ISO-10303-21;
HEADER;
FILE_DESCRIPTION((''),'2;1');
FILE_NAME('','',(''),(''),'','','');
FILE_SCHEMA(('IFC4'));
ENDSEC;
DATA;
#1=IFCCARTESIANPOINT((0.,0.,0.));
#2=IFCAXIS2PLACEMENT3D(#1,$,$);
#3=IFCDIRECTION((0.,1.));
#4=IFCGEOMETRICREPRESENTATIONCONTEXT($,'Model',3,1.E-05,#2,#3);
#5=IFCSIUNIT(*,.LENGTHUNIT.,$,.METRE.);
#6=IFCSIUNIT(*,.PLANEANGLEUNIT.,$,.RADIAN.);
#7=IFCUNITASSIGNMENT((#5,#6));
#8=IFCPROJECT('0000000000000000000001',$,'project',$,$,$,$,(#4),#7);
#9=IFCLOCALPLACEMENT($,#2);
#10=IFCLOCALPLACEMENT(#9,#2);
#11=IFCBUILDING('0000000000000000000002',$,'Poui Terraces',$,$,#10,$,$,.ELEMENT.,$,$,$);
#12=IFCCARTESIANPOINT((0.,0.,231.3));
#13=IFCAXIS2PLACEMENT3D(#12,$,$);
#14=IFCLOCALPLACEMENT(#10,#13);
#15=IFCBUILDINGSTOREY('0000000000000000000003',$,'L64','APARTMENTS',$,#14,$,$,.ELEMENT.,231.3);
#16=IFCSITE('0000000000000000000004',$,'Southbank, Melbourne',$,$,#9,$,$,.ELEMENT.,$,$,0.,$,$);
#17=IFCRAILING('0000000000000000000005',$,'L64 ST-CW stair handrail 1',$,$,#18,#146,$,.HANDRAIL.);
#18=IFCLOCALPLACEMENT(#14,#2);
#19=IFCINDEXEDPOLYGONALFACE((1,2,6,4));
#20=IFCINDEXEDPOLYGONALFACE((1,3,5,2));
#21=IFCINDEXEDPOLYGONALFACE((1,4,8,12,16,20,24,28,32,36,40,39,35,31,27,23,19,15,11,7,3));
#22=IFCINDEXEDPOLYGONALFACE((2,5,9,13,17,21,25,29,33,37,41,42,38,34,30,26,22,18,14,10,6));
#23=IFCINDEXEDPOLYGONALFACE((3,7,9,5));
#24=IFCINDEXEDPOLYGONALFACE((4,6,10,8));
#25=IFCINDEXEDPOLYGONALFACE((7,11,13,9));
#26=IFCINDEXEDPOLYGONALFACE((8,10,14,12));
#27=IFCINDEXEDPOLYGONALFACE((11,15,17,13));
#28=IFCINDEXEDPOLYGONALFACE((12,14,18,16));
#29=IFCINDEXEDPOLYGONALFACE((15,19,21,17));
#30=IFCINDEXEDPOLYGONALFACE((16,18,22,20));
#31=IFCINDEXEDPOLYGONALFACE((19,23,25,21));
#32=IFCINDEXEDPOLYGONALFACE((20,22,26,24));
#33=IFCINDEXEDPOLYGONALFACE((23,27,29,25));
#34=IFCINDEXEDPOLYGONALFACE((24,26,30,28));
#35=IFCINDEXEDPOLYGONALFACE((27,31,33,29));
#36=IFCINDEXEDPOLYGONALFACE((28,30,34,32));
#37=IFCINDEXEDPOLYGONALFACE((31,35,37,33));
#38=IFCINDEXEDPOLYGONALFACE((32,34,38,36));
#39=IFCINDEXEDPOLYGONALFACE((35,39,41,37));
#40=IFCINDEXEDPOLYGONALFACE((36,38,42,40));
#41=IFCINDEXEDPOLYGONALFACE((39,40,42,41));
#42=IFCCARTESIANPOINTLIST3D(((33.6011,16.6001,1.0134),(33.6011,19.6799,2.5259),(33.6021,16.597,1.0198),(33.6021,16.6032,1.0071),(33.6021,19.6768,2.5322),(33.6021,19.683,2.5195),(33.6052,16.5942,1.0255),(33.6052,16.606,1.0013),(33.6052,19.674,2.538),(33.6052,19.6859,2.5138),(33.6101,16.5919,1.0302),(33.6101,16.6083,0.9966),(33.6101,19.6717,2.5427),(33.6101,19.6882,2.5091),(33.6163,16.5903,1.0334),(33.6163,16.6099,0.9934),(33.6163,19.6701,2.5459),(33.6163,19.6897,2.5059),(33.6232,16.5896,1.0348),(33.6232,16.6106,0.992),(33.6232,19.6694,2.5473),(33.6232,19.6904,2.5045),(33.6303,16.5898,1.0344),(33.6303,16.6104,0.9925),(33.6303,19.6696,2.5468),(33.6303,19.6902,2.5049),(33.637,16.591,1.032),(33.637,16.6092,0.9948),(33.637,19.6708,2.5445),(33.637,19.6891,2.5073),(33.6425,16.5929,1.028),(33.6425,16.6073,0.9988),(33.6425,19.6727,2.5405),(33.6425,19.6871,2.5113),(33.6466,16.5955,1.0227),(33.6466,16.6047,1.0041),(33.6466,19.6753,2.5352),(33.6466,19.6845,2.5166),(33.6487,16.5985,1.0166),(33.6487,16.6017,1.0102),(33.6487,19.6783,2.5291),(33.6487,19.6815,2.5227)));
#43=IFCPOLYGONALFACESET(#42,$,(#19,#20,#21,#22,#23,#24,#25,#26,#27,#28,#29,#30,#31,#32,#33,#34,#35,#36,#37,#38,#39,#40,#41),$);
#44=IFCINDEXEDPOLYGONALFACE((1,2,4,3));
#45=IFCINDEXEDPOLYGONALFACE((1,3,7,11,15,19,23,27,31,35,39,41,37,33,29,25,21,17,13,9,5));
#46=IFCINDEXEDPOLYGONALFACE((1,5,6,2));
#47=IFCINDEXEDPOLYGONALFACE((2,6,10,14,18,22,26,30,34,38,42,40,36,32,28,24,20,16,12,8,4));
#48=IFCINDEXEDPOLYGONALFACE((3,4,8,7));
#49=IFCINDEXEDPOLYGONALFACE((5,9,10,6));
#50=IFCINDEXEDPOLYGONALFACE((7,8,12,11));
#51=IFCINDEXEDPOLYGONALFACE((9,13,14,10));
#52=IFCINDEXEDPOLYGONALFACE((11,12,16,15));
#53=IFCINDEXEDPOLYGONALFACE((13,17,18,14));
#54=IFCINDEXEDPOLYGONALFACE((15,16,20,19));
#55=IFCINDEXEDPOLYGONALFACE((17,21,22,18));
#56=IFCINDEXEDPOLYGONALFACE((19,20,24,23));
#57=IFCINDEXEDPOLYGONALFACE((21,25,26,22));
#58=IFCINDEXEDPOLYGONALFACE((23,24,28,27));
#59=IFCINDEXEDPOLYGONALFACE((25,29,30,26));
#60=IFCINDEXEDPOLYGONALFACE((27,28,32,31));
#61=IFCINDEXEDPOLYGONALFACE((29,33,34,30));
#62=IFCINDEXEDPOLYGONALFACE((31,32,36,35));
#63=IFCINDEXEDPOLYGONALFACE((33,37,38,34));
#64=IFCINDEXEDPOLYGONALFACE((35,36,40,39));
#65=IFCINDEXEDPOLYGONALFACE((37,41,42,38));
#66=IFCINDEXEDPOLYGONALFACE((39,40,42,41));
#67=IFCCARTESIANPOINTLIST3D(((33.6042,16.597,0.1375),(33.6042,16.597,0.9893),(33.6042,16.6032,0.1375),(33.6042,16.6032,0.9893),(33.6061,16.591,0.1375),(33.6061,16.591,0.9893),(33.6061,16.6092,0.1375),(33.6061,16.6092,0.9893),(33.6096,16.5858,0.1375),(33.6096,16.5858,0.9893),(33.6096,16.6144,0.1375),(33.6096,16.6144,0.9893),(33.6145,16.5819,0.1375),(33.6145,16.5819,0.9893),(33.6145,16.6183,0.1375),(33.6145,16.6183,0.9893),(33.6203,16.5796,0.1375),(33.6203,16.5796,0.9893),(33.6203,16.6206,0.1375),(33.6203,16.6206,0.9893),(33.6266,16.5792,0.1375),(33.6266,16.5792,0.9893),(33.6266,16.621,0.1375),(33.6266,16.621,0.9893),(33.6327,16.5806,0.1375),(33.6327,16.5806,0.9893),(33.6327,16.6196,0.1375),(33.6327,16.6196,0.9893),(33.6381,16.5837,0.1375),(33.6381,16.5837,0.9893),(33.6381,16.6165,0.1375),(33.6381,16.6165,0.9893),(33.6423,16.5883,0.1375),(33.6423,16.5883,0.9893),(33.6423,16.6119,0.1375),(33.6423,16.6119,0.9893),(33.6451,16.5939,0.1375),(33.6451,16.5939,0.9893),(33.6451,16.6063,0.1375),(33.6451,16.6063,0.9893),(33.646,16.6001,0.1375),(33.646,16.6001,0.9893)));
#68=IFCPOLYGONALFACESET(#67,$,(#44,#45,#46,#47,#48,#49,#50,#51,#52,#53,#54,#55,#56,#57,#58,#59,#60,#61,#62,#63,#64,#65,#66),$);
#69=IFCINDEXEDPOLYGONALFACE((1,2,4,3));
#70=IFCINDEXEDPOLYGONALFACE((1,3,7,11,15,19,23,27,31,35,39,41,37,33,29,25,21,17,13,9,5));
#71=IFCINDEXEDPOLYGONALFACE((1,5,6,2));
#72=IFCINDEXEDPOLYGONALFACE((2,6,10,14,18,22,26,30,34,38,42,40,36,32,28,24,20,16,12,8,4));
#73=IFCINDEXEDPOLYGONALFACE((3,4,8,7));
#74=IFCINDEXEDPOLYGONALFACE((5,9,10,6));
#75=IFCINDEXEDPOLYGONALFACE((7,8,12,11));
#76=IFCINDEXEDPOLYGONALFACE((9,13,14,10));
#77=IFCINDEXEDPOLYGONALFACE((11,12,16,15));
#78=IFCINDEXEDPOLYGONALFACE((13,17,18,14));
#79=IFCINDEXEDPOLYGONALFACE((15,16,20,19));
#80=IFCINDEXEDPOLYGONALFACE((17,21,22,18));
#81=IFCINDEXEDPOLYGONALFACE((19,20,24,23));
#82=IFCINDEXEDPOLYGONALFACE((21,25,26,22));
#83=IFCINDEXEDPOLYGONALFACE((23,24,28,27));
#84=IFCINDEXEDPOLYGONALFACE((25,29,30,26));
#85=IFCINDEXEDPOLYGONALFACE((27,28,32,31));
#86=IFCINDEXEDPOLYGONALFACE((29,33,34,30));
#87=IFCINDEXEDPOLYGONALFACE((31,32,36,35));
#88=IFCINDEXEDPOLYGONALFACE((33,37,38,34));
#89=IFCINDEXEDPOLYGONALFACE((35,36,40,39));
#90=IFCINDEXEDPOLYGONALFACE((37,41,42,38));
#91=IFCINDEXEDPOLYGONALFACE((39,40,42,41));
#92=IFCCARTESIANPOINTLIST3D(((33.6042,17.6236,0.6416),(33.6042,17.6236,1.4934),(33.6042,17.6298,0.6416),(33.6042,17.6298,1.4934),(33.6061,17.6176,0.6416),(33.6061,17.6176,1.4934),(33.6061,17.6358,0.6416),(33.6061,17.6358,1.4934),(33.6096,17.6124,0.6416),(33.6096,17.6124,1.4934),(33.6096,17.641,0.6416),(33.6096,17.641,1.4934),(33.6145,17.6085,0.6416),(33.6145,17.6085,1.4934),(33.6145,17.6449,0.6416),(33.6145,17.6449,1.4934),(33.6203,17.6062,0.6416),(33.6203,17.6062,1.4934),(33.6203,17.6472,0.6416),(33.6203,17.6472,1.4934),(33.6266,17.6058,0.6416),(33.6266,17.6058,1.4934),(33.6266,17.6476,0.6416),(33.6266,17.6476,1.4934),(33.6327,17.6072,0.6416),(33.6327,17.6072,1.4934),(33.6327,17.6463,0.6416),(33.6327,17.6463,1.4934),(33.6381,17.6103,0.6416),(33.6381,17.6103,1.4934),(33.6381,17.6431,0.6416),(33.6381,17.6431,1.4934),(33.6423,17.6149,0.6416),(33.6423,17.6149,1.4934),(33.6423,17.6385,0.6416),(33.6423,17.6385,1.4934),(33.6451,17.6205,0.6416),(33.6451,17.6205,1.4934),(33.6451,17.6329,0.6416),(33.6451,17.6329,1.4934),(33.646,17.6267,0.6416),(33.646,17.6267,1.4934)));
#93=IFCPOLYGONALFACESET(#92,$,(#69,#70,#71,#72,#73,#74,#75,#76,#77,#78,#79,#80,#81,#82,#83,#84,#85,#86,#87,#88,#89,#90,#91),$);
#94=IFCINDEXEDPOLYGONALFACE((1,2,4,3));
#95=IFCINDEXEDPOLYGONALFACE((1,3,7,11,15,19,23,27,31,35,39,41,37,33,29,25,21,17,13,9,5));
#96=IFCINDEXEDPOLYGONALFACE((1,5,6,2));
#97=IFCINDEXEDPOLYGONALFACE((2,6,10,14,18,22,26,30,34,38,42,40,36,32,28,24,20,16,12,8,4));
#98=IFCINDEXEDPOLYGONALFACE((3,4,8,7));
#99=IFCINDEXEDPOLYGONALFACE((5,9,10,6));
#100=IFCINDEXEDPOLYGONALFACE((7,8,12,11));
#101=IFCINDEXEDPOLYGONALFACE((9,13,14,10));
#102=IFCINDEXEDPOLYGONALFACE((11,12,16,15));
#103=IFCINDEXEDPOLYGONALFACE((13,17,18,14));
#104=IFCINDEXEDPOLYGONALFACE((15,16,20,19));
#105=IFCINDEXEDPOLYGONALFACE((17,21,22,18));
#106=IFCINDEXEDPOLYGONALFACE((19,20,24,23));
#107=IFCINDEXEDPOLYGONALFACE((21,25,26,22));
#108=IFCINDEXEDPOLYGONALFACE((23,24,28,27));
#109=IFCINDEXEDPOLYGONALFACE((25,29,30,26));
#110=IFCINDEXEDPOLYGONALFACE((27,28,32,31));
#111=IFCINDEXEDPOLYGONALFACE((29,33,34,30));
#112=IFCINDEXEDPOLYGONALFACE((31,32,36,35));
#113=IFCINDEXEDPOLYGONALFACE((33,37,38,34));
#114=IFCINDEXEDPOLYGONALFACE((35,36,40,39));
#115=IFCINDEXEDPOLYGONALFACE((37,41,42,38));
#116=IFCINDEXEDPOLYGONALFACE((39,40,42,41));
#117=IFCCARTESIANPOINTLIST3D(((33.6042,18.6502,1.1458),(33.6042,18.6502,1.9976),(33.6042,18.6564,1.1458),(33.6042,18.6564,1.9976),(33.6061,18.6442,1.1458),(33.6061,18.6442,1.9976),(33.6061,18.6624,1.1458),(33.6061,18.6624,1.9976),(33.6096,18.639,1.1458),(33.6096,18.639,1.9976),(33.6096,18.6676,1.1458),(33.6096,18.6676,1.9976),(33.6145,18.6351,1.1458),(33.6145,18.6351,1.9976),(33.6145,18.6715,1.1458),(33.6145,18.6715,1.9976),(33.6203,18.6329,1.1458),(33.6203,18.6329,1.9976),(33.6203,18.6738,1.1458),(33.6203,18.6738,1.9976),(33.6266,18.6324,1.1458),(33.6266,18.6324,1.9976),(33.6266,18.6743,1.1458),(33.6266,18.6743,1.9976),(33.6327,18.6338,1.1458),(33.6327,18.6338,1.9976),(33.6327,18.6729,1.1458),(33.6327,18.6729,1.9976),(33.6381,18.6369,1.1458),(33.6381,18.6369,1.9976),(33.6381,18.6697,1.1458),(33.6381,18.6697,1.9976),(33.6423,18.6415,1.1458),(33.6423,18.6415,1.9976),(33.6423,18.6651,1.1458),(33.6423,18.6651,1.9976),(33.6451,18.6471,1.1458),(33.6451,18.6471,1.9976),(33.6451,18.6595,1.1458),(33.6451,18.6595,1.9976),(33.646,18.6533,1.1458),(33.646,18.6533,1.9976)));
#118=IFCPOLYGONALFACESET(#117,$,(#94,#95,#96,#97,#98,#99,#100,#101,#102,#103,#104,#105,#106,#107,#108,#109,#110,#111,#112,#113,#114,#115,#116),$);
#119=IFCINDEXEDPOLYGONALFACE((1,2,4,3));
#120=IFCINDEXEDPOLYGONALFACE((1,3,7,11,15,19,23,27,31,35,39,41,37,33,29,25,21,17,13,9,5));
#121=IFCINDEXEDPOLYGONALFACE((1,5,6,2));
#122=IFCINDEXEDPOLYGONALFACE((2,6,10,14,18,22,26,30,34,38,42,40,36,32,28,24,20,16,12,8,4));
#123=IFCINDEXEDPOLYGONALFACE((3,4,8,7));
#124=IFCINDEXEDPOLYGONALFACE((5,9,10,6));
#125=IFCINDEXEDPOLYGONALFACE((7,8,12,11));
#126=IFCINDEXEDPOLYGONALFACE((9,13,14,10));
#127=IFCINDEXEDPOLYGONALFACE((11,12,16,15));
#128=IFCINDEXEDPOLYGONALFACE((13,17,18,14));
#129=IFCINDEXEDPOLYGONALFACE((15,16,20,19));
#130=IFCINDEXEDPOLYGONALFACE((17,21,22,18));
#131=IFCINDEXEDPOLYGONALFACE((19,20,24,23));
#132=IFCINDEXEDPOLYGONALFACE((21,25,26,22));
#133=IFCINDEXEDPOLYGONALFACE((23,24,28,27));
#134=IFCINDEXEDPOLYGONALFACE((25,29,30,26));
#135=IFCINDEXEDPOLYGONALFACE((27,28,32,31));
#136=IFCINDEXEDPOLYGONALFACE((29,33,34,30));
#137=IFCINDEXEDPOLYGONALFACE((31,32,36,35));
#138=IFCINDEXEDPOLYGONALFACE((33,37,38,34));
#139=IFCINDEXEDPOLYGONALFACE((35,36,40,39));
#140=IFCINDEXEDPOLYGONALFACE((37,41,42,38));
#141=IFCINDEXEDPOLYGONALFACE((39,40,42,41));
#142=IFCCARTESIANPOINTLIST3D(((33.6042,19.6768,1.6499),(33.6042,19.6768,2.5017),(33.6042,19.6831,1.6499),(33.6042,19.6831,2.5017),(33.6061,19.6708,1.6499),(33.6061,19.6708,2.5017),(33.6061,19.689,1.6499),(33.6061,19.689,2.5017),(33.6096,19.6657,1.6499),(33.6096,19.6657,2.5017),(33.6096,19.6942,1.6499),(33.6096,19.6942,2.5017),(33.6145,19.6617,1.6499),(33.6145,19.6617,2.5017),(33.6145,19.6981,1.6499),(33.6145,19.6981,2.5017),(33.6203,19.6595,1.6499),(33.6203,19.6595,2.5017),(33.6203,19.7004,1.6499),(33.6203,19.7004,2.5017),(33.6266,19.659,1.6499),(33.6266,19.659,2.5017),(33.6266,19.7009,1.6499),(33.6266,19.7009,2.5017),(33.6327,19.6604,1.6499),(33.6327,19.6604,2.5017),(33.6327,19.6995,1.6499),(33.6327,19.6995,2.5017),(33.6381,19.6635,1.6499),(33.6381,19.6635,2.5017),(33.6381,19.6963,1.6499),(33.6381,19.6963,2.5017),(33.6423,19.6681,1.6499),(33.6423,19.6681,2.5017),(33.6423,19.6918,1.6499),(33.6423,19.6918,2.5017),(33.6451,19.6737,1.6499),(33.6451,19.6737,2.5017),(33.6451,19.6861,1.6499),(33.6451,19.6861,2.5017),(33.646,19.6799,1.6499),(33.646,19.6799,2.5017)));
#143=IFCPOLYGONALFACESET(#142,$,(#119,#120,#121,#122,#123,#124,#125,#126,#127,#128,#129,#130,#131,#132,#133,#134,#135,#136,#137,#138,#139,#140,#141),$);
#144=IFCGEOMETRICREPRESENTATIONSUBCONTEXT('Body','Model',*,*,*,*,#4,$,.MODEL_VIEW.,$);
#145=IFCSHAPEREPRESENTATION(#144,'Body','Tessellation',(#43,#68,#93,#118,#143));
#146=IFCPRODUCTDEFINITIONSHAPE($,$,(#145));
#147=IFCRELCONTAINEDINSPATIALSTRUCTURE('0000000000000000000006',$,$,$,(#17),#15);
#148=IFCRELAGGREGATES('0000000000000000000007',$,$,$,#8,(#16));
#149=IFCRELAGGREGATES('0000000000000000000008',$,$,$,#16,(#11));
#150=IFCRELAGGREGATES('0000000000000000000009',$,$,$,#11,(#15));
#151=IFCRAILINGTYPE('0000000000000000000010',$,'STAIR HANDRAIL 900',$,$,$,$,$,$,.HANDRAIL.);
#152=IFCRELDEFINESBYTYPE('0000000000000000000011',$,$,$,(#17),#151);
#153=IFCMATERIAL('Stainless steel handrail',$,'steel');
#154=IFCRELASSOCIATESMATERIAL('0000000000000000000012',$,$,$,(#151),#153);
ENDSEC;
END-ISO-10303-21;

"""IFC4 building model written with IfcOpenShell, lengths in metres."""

from ifc_helpers import new_model, si_unit, direction, frame, origin, origin_2d, place, context, subcontext, project, spatial, circle, extrude, material, type_object, element, save


model = new_model("IFC4")

# Units and contexts
model_context = context("Model", 3, precision=1e-05, world=origin(), true_north=direction((0.0, 1.0)))
body_context = subcontext(model_context, "Body", "Model", "MODEL_VIEW")
ifc_project = project(units=[si_unit("LENGTHUNIT", "METRE"), si_unit("PLANEANGLEUNIT", "RADIAN")], contexts=[model_context])

# Site, building, storey
site_placement = place(None, origin())
site = spatial("IfcSite", under=ifc_project, at=site_placement, Name="Southbank, Melbourne", CompositionType="ELEMENT", RefElevation=0.0)
building_placement = place(site_placement, origin())
building = spatial("IfcBuilding", under=site, at=building_placement, Name="Poui Terraces", CompositionType="ELEMENT")
storey_placement = place(building_placement, frame((0.0, 0.0, 231.3)))
storey = spatial("IfcBuildingStorey", under=building, at=storey_placement, Name="L64", Description="APARTMENTS", CompositionType="ELEMENT", Elevation=231.3)

# Railing
ifc_material_1 = material(Name="Stainless steel handrail", Category="steel")
railing_type_1 = type_object("IfcRailingType", Name="STAIR HANDRAIL 900", PredefinedType="HANDRAIL", material=ifc_material_1)
railing_1_placement = place(storey_placement, frame((33.625, 16.6001, 0.1375)))
element("IfcRailing", 1, at=railing_1_placement, inside=storey, type_object=railing_type_1, Name="L64 ST-CW stair handrail 1", PredefinedType="HANDRAIL", context=body_context, shape_type="SweptSolid", body=[
    extrude(circle(Radius=0.0239, at=origin_2d()), frame((0.0, 0.0, 0.876), z_axis=(0.0, 0.897606, 0.440798), x_axis=(-1.0, 0.0, 0.0)), (0.0, 0.0, 1.0), 3.4312),
    extrude(circle(Radius=0.021, at=origin_2d()), origin(), (0.0, 0.0, 1.0), 0.8518),
    extrude(circle(Radius=0.021, at=origin_2d()), frame((0.0, 1.0266, 0.5042)), (0.0, 0.0, 1.0), 0.8518),
    extrude(circle(Radius=0.021, at=origin_2d()), frame((0.0, 2.0532, 1.0083)), (0.0, 0.0, 1.0), 0.8518),
    extrude(circle(Radius=0.021, at=origin_2d()), frame((0.0, 3.0798, 1.5125)), (0.0, 0.0, 1.0), 0.8518),
])

save(model, "model.ifc")
